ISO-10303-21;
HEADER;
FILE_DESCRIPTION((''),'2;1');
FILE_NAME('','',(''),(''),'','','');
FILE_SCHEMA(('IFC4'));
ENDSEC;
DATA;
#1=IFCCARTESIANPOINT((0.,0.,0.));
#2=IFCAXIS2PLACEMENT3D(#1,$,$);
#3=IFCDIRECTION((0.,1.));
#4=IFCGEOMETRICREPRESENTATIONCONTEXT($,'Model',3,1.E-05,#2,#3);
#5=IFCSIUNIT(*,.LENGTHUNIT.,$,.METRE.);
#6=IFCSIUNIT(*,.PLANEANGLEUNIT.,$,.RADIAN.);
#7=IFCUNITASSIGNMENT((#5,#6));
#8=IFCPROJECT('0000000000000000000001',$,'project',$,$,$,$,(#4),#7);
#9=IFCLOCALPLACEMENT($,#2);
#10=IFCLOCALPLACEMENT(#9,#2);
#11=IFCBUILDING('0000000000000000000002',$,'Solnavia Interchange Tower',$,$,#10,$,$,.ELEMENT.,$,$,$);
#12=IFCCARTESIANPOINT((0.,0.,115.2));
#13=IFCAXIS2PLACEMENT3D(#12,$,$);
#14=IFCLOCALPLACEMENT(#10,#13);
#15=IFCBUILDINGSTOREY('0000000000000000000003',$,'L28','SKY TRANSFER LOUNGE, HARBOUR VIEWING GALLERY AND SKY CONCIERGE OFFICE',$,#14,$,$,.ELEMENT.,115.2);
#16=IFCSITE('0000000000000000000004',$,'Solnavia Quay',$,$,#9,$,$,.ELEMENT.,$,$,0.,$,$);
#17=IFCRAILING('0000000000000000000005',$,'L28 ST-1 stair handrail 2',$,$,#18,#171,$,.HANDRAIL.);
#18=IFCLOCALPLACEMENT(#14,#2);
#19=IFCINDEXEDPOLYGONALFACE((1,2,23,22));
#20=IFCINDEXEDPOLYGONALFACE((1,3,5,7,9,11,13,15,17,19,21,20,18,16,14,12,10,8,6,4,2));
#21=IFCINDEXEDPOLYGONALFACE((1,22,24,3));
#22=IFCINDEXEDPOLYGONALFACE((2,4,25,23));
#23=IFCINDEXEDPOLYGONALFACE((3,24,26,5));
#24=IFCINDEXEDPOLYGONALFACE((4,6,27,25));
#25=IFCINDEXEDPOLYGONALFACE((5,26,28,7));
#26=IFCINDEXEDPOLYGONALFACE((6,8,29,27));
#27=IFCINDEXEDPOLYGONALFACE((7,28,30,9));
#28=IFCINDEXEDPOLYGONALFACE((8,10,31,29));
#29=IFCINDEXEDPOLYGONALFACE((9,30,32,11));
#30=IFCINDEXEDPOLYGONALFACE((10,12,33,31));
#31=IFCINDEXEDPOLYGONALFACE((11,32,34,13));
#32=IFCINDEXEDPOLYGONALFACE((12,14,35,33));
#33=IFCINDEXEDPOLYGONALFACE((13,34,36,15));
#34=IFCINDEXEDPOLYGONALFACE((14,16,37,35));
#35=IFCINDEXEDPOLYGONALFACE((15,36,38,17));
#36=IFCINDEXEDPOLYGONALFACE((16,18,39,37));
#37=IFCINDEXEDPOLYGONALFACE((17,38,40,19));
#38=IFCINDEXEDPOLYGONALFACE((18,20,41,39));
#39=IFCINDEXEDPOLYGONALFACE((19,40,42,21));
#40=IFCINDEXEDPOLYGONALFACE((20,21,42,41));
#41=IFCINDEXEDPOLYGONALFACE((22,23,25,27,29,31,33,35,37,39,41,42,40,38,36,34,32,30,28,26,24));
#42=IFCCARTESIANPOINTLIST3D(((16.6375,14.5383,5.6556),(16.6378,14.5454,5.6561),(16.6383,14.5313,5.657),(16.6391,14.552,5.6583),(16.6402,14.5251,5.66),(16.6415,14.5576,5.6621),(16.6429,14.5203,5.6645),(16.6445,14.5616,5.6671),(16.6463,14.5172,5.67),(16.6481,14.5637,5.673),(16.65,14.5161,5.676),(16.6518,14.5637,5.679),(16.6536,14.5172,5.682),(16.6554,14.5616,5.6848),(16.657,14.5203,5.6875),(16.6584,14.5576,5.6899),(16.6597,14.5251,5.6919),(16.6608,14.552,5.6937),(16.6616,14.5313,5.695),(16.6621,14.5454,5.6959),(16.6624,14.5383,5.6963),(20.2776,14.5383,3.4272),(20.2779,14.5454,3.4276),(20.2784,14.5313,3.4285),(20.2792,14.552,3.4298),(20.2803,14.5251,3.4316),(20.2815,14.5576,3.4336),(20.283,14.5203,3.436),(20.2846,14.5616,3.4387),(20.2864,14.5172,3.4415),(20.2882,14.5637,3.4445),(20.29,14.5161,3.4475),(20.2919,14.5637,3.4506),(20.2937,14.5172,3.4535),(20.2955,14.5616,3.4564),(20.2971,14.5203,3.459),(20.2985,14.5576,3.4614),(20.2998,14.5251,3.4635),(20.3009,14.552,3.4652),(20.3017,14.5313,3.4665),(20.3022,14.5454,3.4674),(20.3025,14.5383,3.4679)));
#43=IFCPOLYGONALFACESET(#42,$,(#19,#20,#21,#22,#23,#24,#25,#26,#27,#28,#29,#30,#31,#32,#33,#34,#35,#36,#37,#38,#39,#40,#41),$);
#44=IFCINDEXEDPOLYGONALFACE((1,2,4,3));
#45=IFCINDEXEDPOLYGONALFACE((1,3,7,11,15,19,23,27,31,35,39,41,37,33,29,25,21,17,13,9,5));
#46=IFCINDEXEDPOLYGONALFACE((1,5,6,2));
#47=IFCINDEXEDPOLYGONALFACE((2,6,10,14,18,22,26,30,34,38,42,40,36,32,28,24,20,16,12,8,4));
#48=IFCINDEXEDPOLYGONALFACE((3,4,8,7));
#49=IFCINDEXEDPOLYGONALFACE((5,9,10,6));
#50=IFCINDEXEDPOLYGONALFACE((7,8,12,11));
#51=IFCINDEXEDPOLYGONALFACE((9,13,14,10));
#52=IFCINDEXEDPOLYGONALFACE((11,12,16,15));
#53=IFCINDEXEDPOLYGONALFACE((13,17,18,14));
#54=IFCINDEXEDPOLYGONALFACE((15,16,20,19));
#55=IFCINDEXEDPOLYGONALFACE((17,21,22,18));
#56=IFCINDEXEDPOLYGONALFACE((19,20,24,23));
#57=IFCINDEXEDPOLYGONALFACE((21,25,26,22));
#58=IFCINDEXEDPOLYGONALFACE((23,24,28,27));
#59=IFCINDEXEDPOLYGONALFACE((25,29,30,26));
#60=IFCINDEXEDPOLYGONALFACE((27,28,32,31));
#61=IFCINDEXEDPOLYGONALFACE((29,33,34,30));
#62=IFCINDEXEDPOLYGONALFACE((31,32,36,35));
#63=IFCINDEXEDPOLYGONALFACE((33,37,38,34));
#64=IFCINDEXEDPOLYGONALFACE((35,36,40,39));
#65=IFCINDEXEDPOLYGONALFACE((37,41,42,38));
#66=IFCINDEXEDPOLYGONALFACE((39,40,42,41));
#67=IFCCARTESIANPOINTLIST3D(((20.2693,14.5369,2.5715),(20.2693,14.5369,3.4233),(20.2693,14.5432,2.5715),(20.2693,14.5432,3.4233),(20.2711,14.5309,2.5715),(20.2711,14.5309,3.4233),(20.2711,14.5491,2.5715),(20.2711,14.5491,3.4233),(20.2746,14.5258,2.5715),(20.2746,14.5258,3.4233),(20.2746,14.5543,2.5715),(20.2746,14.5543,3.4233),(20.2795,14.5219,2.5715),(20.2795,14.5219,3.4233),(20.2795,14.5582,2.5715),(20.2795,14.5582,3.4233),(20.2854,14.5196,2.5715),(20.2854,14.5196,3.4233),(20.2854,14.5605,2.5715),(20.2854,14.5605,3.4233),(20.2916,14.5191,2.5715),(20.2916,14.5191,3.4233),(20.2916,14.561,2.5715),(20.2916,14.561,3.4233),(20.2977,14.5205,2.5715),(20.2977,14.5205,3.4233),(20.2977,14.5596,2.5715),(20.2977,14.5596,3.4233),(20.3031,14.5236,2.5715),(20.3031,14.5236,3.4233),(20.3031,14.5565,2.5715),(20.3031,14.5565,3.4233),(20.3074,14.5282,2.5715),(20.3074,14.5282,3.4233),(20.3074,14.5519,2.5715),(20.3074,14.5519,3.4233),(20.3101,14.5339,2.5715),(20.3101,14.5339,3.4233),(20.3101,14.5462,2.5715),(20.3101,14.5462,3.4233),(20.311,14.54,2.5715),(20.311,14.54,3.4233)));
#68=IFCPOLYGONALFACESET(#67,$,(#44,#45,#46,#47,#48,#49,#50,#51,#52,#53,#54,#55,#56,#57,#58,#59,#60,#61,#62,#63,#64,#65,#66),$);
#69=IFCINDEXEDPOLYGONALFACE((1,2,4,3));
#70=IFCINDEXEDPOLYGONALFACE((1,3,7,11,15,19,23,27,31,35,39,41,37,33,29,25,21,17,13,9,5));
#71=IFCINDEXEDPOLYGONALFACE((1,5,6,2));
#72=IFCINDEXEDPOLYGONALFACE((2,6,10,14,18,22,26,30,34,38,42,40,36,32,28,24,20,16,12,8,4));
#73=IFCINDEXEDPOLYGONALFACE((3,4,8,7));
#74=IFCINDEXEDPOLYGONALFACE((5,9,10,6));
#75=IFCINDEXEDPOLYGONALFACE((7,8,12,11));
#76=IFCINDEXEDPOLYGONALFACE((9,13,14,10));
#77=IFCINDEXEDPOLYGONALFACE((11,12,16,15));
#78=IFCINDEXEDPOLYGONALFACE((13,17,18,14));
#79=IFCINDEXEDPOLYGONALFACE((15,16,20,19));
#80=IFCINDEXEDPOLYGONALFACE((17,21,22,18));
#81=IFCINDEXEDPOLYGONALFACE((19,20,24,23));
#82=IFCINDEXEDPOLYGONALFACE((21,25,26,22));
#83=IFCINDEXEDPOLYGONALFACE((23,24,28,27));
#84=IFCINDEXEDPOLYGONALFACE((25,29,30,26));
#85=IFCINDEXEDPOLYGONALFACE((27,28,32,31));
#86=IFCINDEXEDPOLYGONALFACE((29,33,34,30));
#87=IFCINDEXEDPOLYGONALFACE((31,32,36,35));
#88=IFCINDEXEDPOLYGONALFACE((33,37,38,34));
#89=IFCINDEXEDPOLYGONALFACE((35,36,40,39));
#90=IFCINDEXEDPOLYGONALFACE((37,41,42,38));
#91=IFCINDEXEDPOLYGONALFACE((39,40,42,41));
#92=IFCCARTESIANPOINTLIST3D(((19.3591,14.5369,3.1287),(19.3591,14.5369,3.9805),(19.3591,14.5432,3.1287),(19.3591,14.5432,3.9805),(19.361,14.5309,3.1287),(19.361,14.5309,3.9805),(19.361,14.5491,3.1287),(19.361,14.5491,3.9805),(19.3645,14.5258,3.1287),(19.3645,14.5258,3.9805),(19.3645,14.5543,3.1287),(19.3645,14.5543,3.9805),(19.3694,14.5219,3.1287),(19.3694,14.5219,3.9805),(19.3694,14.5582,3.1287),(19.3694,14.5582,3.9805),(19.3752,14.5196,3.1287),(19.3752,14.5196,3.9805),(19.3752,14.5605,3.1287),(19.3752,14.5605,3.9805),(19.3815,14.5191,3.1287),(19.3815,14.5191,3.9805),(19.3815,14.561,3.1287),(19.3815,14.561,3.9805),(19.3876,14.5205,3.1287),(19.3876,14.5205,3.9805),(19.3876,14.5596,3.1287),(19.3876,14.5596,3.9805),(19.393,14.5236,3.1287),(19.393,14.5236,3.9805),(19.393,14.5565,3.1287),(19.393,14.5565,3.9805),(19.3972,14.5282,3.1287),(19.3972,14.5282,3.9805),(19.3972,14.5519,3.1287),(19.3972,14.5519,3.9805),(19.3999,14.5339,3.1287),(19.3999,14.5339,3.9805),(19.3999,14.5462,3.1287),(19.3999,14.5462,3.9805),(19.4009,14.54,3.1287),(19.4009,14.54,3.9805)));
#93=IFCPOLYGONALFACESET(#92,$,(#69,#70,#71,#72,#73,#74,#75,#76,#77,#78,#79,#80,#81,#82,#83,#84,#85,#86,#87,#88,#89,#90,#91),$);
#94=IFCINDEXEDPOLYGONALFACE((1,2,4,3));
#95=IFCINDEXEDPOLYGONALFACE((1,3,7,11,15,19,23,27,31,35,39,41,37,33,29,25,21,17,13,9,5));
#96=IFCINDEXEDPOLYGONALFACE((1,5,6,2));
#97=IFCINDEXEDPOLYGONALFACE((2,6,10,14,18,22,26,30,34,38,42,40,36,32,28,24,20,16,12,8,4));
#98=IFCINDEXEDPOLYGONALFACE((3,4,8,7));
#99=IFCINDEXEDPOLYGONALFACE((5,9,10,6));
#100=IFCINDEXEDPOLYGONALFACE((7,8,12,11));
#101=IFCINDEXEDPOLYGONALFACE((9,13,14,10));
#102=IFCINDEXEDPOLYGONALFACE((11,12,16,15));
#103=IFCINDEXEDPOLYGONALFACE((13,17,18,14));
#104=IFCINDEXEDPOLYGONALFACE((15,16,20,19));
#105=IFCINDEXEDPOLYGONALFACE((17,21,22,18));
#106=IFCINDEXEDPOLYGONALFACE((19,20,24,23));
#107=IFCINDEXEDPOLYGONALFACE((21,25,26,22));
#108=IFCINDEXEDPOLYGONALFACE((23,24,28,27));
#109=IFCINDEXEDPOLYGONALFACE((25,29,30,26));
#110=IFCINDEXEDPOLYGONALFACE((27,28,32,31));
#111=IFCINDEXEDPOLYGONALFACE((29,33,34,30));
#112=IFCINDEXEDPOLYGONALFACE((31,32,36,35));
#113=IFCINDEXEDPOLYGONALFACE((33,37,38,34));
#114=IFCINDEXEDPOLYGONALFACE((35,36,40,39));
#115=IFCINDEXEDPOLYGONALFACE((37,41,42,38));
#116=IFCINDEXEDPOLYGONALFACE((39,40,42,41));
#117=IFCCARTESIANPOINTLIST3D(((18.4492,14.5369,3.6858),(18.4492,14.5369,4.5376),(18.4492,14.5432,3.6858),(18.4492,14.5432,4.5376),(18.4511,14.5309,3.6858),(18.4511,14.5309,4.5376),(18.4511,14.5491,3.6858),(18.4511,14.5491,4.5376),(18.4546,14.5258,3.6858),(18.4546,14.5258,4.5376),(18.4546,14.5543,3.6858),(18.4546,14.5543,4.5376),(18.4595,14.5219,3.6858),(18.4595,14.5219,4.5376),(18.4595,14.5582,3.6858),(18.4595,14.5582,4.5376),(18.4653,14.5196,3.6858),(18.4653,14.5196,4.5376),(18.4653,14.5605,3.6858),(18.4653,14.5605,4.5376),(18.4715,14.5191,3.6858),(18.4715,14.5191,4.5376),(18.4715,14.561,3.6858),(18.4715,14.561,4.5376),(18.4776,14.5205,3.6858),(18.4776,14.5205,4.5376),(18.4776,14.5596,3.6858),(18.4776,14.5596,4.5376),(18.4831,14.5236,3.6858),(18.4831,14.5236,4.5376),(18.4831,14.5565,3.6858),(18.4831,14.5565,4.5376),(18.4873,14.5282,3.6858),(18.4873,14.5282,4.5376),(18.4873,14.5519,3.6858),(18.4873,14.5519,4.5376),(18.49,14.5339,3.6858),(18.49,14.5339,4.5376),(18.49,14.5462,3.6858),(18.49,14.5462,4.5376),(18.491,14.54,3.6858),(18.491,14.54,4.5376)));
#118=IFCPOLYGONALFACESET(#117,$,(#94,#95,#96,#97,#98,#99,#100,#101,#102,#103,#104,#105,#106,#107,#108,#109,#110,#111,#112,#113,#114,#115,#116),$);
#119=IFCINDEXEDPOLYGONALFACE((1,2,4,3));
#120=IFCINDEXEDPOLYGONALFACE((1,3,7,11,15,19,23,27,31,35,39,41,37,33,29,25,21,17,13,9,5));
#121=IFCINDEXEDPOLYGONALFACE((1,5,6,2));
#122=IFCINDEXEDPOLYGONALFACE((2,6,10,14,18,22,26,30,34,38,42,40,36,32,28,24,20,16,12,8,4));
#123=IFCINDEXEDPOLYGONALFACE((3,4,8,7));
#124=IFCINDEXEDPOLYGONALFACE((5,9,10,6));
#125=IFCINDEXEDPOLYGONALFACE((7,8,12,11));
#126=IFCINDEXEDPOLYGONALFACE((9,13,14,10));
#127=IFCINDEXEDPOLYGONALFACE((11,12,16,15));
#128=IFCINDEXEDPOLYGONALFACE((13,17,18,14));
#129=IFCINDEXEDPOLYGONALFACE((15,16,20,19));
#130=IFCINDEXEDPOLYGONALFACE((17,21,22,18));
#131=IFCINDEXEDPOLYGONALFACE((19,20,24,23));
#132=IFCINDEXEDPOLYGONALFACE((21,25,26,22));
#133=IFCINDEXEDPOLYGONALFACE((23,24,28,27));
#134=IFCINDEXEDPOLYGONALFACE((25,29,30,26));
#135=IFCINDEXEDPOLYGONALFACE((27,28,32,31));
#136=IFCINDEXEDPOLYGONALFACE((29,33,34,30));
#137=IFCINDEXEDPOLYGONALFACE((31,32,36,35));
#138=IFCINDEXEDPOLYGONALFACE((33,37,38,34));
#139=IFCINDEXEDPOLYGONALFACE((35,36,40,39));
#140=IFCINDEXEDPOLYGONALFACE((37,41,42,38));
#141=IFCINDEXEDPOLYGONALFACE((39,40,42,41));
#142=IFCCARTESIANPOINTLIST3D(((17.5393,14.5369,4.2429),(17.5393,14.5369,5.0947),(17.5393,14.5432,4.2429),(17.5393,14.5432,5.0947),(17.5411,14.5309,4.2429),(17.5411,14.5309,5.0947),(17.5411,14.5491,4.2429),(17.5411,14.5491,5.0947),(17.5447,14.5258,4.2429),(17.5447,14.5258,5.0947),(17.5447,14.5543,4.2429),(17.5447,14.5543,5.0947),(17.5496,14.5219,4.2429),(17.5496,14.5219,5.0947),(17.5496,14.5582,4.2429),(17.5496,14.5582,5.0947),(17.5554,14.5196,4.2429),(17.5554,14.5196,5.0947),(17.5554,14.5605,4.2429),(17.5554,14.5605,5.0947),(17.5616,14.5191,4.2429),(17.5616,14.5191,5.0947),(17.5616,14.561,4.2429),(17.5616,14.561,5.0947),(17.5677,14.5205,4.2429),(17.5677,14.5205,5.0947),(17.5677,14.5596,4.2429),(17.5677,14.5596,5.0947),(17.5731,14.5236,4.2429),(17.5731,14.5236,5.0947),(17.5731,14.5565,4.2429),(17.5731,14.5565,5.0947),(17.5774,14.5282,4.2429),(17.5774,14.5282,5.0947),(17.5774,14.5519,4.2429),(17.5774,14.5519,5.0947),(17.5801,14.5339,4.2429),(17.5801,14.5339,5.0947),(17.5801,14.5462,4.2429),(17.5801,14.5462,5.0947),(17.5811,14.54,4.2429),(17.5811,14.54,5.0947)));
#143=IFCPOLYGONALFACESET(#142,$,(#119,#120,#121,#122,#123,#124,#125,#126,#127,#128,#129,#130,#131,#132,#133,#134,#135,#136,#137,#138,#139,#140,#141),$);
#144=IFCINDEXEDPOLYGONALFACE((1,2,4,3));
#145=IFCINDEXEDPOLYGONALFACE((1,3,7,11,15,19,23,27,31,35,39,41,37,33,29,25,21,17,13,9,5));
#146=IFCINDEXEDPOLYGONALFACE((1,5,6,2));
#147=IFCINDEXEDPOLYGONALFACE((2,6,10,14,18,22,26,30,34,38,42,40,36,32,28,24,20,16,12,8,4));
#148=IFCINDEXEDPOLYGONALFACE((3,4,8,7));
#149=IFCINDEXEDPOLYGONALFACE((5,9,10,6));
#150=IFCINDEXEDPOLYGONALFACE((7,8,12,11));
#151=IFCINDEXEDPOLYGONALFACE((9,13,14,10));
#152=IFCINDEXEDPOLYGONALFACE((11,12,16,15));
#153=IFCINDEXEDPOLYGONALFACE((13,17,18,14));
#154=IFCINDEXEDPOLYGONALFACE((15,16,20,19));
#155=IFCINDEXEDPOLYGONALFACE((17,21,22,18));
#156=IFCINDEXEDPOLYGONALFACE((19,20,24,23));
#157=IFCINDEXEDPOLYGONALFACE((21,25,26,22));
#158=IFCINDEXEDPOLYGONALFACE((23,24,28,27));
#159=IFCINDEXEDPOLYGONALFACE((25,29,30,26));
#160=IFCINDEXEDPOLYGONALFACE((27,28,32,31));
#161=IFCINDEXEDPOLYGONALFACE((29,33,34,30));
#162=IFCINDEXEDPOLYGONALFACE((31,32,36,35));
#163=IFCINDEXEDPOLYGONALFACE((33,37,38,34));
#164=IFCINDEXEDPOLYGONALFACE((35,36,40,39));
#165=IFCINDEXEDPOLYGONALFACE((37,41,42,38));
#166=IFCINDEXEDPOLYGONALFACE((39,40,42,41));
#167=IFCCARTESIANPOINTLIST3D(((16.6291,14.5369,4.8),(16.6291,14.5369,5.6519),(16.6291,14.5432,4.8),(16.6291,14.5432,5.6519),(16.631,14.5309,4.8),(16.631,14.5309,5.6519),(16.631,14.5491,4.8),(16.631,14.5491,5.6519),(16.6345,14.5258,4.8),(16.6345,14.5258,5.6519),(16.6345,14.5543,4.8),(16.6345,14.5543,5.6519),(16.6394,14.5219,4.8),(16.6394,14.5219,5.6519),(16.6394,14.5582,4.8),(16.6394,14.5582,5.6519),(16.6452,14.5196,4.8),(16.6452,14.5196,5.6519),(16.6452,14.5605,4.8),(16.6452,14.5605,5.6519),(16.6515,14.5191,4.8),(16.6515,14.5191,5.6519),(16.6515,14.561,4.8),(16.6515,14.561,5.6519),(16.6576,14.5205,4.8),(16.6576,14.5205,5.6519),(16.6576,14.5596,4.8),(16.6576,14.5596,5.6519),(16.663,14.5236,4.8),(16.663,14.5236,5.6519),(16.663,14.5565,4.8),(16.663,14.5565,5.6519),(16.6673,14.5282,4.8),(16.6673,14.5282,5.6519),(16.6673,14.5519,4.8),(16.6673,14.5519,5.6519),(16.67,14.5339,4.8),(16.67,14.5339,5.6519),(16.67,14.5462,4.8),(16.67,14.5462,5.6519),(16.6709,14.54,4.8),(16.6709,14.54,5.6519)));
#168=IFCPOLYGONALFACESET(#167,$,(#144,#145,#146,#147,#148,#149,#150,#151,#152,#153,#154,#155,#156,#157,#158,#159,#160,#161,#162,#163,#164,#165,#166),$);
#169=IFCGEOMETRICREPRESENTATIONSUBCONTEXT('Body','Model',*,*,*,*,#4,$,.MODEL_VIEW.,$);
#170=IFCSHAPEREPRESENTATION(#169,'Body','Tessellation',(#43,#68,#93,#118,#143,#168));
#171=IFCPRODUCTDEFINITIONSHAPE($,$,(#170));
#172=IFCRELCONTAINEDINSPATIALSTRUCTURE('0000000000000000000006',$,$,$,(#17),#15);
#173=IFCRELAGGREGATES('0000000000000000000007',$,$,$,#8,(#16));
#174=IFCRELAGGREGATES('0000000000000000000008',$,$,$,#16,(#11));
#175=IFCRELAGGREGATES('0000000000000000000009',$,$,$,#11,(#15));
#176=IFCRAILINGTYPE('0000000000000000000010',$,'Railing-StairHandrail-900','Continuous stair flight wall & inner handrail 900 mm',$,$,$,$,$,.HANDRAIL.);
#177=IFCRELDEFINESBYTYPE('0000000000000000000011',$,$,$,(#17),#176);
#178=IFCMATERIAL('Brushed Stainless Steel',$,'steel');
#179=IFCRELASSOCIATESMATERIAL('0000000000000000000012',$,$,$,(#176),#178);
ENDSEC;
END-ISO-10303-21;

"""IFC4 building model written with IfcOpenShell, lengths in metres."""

from ifc_helpers import new_model, si_unit, direction, frame, origin, origin_2d, place, context, subcontext, project, spatial, circle, extrude, material, type_object, element, save


model = new_model("IFC4")

# Units and contexts
model_context = context("Model", 3, precision=1e-05, world=origin(), true_north=direction((0.0, 1.0)))
body_context = subcontext(model_context, "Body", "Model", "MODEL_VIEW")
ifc_project = project(units=[si_unit("LENGTHUNIT", "METRE"), si_unit("PLANEANGLEUNIT", "RADIAN")], contexts=[model_context])

# Site, building, storey
site_placement = place(None, origin())
site = spatial("IfcSite", under=ifc_project, at=site_placement, Name="Solnavia Quay", CompositionType="ELEMENT", RefElevation=0.0)
building_placement = place(site_placement, origin())
building = spatial("IfcBuilding", under=site, at=building_placement, Name="Solnavia Interchange Tower", CompositionType="ELEMENT")
storey_placement = place(building_placement, frame((0.0, 0.0, 115.2)))
storey = spatial("IfcBuildingStorey", under=building, at=storey_placement, Name="L28", Description="SKY TRANSFER LOUNGE, HARBOUR VIEWING GALLERY AND SKY CONCIERGE OFFICE", CompositionType="ELEMENT", Elevation=115.2)

# Railing
ifc_material_1 = material(Name="Brushed Stainless Steel", Category="steel")
railing_type_1 = type_object("IfcRailingType", Name="Railing-StairHandrail-900", Description="Continuous stair flight wall & inner handrail 900 mm", PredefinedType="HANDRAIL", material=ifc_material_1)
railing_1_placement = place(storey_placement, frame((20.29, 14.54, 2.5715)))
element("IfcRailing", 1, at=railing_1_placement, inside=storey, type_object=railing_type_1, Name="L28 ST-1 stair handrail 2", PredefinedType="HANDRAIL", context=body_context, shape_type="SweptSolid", body=[
    extrude(circle(Radius=0.0239, at=origin_2d()), frame((0.0, 0.0, 0.876), z_axis=(-0.852866, 0.0, 0.52213), x_axis=(0.0, -1.0, 0.0)), (0.0, 0.0, 1.0), 4.2681),
    extrude(circle(Radius=0.021, at=origin_2d()), origin(), (0.0, 0.0, 1.0), 0.8518),
    extrude(circle(Radius=0.021, at=origin_2d()), frame((-0.9102, 0.0, 0.5571)), (0.0, 0.0, 1.0), 0.8518),
    extrude(circle(Radius=0.021, at=origin_2d()), frame((-1.8201, 0.0, 1.1143)), (0.0, 0.0, 1.0), 0.8518),
    extrude(circle(Radius=0.021, at=origin_2d()), frame((-2.73, 0.0, 1.6714)), (0.0, 0.0, 1.0), 0.8518),
    extrude(circle(Radius=0.021, at=origin_2d()), frame((-3.6401, 0.0, 2.2285)), (0.0, 0.0, 1.0), 0.8518),
])

save(model, "model.ifc")
